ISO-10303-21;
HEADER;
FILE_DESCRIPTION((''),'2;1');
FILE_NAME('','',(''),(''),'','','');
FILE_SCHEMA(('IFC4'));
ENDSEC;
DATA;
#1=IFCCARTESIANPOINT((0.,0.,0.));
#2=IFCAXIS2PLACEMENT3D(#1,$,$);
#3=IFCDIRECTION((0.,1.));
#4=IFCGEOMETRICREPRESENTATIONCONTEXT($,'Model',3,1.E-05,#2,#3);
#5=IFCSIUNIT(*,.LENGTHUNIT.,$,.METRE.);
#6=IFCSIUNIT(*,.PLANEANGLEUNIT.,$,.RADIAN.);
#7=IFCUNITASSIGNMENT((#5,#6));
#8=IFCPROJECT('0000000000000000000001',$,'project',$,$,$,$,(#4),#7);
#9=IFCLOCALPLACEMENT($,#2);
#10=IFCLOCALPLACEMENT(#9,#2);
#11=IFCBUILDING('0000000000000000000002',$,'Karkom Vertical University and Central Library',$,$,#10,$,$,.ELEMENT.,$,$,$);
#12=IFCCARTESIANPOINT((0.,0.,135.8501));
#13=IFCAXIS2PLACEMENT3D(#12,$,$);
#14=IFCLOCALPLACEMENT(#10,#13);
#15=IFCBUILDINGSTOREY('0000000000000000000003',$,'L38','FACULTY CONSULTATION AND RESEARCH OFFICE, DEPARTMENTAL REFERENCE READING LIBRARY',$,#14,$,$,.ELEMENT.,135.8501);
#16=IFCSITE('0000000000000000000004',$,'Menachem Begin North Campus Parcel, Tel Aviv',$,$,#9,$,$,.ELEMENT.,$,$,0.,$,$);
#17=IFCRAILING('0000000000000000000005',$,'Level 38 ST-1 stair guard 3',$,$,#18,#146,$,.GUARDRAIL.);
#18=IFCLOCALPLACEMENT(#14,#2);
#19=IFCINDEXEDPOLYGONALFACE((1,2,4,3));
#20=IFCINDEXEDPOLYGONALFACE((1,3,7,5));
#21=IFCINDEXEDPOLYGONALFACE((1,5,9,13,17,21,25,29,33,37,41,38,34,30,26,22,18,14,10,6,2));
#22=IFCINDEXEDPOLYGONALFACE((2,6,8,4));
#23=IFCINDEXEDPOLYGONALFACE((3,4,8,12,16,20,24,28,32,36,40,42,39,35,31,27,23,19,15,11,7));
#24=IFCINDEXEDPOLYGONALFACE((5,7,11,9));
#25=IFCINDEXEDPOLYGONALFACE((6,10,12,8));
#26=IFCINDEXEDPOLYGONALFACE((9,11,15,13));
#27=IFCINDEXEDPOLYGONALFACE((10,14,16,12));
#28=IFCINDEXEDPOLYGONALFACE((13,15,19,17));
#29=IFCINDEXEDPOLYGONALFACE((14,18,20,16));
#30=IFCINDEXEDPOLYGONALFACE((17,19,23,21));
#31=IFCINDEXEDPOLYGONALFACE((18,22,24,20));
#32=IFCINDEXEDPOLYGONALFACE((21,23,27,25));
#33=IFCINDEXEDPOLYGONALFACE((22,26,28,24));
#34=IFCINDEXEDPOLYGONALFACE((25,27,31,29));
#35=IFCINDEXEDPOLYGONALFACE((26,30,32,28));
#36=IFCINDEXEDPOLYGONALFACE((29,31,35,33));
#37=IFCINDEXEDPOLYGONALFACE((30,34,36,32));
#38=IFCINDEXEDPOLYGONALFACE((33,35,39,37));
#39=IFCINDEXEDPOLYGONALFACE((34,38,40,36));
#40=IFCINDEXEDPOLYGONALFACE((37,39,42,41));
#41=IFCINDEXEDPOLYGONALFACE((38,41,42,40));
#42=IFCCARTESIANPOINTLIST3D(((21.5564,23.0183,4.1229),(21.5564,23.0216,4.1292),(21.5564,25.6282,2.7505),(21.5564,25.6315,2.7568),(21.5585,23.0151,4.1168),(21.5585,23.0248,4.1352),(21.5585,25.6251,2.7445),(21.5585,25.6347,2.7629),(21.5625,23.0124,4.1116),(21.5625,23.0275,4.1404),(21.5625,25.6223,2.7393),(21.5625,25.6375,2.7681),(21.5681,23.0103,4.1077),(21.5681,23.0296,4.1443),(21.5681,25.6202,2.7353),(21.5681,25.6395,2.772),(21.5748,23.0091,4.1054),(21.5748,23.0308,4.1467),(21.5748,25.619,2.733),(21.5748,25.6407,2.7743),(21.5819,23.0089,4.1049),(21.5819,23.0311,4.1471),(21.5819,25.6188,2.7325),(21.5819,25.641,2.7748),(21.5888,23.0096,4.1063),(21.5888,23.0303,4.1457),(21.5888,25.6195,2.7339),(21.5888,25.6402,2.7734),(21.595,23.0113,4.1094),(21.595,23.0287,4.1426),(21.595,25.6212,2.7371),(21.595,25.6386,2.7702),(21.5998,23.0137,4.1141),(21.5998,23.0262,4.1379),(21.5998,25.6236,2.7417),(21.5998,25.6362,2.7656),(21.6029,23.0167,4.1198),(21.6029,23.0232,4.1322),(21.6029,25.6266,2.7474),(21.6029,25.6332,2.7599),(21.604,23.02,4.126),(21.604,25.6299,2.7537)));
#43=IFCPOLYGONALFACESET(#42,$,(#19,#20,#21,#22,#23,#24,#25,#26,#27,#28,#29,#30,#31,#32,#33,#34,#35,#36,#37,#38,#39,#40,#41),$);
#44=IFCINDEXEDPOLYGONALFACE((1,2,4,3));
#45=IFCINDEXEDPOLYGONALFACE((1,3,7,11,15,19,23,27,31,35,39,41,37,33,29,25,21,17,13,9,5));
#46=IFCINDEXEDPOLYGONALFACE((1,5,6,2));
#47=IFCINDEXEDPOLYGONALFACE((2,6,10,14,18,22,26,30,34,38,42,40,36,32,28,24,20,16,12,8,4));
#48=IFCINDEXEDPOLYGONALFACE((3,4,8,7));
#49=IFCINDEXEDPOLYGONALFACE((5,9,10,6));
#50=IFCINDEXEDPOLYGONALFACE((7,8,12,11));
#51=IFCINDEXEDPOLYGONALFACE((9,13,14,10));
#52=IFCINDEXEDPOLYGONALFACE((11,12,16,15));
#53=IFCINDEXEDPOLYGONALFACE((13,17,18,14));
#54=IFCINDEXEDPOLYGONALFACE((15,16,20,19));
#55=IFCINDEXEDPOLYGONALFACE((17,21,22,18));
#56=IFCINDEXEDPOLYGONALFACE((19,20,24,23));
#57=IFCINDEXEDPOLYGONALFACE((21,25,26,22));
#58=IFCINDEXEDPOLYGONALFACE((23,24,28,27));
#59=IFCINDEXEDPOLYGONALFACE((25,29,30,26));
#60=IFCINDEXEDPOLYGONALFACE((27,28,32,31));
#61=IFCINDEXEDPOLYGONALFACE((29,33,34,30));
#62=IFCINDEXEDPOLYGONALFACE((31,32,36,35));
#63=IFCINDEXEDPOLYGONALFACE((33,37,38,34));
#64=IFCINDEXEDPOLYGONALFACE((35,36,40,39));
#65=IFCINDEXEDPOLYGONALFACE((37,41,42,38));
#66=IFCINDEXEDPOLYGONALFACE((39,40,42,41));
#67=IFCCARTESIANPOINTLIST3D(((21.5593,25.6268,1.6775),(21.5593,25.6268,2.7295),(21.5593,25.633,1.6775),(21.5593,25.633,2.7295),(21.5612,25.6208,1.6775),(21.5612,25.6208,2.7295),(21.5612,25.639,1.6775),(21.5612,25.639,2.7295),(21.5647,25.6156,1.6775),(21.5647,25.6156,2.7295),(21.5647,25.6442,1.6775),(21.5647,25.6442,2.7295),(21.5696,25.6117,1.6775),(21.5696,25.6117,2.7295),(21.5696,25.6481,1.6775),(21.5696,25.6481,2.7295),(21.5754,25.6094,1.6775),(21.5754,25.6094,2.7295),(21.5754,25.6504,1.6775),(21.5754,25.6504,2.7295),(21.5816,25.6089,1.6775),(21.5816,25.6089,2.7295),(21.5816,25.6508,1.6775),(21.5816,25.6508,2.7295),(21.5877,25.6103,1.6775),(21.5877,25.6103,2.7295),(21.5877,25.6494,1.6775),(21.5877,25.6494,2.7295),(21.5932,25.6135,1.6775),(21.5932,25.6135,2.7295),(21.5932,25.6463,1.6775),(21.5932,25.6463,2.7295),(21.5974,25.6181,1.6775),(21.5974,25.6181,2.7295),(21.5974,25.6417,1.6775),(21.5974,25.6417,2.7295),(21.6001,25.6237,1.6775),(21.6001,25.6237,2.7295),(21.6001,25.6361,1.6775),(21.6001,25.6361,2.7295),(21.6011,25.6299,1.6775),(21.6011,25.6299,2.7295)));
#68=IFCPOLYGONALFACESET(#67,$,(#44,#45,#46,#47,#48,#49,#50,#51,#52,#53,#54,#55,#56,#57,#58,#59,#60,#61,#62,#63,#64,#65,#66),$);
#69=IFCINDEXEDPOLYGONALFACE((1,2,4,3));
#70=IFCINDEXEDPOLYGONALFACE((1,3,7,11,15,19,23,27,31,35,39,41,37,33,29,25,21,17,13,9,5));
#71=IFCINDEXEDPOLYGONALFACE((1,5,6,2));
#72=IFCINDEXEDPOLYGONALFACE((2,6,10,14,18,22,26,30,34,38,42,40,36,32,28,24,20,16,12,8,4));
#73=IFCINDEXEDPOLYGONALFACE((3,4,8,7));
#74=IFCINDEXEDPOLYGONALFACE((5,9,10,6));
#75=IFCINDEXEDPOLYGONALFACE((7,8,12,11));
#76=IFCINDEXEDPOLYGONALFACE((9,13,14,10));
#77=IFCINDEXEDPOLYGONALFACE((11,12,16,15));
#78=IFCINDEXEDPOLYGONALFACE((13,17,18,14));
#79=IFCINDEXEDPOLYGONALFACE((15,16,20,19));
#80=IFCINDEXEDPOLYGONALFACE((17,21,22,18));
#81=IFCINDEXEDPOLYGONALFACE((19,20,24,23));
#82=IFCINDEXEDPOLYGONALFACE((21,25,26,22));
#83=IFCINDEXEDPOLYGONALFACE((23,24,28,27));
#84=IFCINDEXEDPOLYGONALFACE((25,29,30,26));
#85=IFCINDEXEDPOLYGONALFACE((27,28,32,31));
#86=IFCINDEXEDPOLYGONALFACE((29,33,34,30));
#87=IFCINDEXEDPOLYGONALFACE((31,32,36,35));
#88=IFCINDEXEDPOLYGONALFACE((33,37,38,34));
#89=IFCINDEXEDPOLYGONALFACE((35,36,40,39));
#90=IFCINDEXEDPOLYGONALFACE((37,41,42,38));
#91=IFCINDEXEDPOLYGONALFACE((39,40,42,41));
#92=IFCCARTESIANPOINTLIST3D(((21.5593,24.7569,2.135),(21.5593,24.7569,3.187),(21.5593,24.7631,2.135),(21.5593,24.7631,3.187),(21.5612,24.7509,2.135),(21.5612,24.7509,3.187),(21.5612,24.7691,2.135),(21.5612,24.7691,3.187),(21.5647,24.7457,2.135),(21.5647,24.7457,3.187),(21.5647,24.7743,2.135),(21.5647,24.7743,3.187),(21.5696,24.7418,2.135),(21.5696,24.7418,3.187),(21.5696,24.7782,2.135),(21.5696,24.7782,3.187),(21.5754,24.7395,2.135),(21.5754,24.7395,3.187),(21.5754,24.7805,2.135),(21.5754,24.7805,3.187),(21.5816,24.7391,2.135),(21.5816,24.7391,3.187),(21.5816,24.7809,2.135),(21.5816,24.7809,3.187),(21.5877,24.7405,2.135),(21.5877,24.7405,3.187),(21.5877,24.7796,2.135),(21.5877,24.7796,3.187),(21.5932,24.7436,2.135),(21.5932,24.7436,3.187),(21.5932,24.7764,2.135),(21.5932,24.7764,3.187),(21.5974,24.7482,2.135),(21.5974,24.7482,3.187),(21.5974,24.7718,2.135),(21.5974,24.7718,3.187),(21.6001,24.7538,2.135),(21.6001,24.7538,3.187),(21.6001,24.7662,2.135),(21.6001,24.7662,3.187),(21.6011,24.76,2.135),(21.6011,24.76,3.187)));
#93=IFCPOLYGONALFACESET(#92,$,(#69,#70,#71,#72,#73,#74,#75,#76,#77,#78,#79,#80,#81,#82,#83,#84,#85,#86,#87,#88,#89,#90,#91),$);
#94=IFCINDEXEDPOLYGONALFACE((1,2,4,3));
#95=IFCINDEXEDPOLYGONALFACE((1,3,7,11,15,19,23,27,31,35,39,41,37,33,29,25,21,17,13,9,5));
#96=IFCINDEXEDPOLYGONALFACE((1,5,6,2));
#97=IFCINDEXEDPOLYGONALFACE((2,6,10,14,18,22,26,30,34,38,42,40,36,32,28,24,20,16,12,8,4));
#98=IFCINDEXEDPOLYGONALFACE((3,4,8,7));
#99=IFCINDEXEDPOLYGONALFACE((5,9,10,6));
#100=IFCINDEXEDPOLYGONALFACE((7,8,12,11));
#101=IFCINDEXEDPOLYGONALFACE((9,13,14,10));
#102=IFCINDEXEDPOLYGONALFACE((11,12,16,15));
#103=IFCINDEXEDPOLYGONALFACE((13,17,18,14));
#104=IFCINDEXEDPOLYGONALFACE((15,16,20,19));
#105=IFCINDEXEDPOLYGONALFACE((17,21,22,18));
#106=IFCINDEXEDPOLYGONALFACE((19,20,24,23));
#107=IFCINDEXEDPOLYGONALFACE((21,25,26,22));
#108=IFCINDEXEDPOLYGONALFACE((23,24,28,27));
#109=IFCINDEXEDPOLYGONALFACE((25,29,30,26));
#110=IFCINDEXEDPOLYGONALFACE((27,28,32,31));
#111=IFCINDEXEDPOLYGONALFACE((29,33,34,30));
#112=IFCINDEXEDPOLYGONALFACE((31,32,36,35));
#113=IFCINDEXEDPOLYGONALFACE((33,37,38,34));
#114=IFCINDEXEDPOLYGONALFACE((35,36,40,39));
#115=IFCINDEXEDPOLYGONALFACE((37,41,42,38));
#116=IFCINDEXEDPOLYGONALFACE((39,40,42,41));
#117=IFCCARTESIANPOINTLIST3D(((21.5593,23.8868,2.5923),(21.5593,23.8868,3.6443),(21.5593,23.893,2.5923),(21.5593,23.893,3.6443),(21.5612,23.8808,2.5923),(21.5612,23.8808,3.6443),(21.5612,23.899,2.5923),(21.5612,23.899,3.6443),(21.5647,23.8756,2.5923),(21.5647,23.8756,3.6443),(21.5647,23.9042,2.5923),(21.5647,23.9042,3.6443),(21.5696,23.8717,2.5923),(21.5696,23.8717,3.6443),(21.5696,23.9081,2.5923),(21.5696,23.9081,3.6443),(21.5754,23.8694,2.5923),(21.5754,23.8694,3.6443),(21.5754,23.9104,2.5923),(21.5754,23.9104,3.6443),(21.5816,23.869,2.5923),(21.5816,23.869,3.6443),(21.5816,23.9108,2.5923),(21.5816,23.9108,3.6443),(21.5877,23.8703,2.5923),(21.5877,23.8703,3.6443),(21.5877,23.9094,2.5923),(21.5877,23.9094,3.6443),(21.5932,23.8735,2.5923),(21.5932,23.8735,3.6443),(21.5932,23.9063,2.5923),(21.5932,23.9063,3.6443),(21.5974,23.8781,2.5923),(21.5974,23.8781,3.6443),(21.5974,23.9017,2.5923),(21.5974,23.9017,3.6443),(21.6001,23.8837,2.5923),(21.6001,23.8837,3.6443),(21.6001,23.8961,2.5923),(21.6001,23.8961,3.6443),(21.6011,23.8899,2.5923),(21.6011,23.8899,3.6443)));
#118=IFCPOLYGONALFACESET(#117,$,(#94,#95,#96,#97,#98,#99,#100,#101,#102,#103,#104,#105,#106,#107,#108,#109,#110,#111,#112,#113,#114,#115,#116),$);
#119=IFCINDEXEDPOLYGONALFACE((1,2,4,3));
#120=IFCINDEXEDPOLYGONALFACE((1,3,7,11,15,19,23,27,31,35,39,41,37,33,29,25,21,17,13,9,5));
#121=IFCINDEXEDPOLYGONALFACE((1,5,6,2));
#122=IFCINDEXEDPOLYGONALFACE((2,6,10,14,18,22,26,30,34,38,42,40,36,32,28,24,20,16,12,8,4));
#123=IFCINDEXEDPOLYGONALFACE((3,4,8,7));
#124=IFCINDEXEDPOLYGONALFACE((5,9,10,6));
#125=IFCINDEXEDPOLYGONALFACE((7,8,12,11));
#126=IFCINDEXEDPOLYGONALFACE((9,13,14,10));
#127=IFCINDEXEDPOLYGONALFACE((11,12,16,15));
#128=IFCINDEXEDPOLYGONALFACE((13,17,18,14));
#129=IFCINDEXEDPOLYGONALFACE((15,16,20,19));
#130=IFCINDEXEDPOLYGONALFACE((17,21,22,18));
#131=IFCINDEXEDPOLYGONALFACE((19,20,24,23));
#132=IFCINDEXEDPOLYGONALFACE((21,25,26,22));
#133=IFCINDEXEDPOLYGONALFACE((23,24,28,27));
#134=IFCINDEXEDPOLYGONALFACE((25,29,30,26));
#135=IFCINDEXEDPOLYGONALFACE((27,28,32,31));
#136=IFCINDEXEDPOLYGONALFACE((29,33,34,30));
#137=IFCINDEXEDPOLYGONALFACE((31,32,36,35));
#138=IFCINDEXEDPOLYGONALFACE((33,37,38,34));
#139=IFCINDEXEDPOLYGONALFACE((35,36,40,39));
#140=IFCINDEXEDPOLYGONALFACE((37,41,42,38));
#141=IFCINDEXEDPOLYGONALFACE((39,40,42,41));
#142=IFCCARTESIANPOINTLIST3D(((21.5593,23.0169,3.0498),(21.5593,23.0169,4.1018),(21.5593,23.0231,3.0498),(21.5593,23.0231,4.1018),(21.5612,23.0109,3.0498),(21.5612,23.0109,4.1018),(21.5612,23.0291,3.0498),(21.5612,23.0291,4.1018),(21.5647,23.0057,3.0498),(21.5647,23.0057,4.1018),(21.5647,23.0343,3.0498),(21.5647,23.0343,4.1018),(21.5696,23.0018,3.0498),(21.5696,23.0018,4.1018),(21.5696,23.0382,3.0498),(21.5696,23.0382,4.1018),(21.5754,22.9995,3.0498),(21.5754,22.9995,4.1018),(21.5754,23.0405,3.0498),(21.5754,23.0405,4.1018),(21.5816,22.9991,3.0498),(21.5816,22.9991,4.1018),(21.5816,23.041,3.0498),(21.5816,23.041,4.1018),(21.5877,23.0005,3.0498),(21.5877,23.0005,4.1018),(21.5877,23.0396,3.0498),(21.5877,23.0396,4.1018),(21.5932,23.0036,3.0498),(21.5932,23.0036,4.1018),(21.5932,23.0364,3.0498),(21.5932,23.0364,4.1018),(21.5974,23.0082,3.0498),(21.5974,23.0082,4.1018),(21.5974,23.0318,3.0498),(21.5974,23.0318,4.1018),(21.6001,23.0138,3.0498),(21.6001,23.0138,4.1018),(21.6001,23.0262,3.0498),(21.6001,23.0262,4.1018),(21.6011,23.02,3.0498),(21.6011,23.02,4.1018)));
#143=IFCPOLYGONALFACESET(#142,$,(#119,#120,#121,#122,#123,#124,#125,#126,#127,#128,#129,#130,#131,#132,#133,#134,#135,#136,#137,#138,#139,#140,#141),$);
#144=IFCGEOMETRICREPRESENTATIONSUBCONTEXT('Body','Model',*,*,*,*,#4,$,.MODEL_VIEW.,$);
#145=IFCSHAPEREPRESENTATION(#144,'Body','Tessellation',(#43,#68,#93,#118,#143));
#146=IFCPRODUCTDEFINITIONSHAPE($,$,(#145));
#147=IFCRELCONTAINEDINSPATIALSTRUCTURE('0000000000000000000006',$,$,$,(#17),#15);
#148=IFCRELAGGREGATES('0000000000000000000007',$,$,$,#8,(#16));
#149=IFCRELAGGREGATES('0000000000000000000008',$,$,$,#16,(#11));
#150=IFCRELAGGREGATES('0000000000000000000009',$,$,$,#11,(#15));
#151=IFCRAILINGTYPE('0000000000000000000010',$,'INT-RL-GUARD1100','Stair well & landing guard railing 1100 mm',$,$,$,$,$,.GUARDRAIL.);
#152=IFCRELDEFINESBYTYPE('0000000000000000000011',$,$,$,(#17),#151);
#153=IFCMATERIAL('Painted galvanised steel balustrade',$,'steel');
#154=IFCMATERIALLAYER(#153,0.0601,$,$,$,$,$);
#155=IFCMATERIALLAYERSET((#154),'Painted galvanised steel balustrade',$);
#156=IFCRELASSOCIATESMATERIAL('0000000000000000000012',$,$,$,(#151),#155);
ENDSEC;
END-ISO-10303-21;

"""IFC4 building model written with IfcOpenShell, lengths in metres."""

from ifc_helpers import new_model, si_unit, direction, frame, origin, origin_2d, place, context, subcontext, project, spatial, circle, extrude, material, layer, layer_set, type_object, element, save


model = new_model("IFC4")

# Units and contexts
model_context = context("Model", 3, precision=1e-05, world=origin(), true_north=direction((0.0, 1.0)))
body_context = subcontext(model_context, "Body", "Model", "MODEL_VIEW")
ifc_project = project(units=[si_unit("LENGTHUNIT", "METRE"), si_unit("PLANEANGLEUNIT", "RADIAN")], contexts=[model_context])

# Site, building, storey
site_placement = place(None, origin())
site = spatial("IfcSite", under=ifc_project, at=site_placement, Name="Menachem Begin North Campus Parcel, Tel Aviv", CompositionType="ELEMENT", RefElevation=0.0)
building_placement = place(site_placement, origin())
building = spatial("IfcBuilding", under=site, at=building_placement, Name="Karkom Vertical University and Central Library", CompositionType="ELEMENT")
storey_placement = place(building_placement, frame((0.0, 0.0, 135.8501)))
storey = spatial("IfcBuildingStorey", under=building, at=storey_placement, Name="L38", Description="FACULTY CONSULTATION AND RESEARCH OFFICE, DEPARTMENTAL REFERENCE READING LIBRARY", CompositionType="ELEMENT", Elevation=135.8501)

# Railing
ifc_material_1 = material(Name="Painted galvanised steel balustrade", Category="steel")
ifc_layer_1 = layer(ifc_material_1, 0.0601)
ifc_layer_set_1 = layer_set([ifc_layer_1], Name="Painted galvanised steel balustrade")
railing_type_1 = type_object("IfcRailingType", Name="INT-RL-GUARD1100", Description="Stair well & landing guard railing 1100 mm", PredefinedType="GUARDRAIL", material=ifc_layer_set_1)
railing_1_placement = place(storey_placement, frame((21.5801, 25.6299, 1.6775)))
element("IfcRailing", 1, at=railing_1_placement, inside=storey, type_object=railing_type_1, Name="Level 38 ST-1 stair guard 3", PredefinedType="GUARDRAIL", context=body_context, shape_type="SweptSolid", body=[
    extrude(circle(Radius=0.0239, at=origin_2d()), frame((0.0, 0.0, 1.0762), z_axis=(0.0, -0.8851, 0.465402), x_axis=(1.0, 0.0, 0.0)), (0.0, 0.0, 1.0), 2.9487),
    extrude(circle(Radius=0.021, at=origin_2d()), origin(), (0.0, 0.0, 1.0), 1.052),
    extrude(circle(Radius=0.021, at=origin_2d()), frame((0.0, -0.8699, 0.4575)), (0.0, 0.0, 1.0), 1.052),
    extrude(circle(Radius=0.021, at=origin_2d()), frame((0.0, -1.74, 0.9148)), (0.0, 0.0, 1.0), 1.052),
    extrude(circle(Radius=0.021, at=origin_2d()), frame((0.0, -2.6099, 1.3723)), (0.0, 0.0, 1.0), 1.052),
])

save(model, "model.ifc")
